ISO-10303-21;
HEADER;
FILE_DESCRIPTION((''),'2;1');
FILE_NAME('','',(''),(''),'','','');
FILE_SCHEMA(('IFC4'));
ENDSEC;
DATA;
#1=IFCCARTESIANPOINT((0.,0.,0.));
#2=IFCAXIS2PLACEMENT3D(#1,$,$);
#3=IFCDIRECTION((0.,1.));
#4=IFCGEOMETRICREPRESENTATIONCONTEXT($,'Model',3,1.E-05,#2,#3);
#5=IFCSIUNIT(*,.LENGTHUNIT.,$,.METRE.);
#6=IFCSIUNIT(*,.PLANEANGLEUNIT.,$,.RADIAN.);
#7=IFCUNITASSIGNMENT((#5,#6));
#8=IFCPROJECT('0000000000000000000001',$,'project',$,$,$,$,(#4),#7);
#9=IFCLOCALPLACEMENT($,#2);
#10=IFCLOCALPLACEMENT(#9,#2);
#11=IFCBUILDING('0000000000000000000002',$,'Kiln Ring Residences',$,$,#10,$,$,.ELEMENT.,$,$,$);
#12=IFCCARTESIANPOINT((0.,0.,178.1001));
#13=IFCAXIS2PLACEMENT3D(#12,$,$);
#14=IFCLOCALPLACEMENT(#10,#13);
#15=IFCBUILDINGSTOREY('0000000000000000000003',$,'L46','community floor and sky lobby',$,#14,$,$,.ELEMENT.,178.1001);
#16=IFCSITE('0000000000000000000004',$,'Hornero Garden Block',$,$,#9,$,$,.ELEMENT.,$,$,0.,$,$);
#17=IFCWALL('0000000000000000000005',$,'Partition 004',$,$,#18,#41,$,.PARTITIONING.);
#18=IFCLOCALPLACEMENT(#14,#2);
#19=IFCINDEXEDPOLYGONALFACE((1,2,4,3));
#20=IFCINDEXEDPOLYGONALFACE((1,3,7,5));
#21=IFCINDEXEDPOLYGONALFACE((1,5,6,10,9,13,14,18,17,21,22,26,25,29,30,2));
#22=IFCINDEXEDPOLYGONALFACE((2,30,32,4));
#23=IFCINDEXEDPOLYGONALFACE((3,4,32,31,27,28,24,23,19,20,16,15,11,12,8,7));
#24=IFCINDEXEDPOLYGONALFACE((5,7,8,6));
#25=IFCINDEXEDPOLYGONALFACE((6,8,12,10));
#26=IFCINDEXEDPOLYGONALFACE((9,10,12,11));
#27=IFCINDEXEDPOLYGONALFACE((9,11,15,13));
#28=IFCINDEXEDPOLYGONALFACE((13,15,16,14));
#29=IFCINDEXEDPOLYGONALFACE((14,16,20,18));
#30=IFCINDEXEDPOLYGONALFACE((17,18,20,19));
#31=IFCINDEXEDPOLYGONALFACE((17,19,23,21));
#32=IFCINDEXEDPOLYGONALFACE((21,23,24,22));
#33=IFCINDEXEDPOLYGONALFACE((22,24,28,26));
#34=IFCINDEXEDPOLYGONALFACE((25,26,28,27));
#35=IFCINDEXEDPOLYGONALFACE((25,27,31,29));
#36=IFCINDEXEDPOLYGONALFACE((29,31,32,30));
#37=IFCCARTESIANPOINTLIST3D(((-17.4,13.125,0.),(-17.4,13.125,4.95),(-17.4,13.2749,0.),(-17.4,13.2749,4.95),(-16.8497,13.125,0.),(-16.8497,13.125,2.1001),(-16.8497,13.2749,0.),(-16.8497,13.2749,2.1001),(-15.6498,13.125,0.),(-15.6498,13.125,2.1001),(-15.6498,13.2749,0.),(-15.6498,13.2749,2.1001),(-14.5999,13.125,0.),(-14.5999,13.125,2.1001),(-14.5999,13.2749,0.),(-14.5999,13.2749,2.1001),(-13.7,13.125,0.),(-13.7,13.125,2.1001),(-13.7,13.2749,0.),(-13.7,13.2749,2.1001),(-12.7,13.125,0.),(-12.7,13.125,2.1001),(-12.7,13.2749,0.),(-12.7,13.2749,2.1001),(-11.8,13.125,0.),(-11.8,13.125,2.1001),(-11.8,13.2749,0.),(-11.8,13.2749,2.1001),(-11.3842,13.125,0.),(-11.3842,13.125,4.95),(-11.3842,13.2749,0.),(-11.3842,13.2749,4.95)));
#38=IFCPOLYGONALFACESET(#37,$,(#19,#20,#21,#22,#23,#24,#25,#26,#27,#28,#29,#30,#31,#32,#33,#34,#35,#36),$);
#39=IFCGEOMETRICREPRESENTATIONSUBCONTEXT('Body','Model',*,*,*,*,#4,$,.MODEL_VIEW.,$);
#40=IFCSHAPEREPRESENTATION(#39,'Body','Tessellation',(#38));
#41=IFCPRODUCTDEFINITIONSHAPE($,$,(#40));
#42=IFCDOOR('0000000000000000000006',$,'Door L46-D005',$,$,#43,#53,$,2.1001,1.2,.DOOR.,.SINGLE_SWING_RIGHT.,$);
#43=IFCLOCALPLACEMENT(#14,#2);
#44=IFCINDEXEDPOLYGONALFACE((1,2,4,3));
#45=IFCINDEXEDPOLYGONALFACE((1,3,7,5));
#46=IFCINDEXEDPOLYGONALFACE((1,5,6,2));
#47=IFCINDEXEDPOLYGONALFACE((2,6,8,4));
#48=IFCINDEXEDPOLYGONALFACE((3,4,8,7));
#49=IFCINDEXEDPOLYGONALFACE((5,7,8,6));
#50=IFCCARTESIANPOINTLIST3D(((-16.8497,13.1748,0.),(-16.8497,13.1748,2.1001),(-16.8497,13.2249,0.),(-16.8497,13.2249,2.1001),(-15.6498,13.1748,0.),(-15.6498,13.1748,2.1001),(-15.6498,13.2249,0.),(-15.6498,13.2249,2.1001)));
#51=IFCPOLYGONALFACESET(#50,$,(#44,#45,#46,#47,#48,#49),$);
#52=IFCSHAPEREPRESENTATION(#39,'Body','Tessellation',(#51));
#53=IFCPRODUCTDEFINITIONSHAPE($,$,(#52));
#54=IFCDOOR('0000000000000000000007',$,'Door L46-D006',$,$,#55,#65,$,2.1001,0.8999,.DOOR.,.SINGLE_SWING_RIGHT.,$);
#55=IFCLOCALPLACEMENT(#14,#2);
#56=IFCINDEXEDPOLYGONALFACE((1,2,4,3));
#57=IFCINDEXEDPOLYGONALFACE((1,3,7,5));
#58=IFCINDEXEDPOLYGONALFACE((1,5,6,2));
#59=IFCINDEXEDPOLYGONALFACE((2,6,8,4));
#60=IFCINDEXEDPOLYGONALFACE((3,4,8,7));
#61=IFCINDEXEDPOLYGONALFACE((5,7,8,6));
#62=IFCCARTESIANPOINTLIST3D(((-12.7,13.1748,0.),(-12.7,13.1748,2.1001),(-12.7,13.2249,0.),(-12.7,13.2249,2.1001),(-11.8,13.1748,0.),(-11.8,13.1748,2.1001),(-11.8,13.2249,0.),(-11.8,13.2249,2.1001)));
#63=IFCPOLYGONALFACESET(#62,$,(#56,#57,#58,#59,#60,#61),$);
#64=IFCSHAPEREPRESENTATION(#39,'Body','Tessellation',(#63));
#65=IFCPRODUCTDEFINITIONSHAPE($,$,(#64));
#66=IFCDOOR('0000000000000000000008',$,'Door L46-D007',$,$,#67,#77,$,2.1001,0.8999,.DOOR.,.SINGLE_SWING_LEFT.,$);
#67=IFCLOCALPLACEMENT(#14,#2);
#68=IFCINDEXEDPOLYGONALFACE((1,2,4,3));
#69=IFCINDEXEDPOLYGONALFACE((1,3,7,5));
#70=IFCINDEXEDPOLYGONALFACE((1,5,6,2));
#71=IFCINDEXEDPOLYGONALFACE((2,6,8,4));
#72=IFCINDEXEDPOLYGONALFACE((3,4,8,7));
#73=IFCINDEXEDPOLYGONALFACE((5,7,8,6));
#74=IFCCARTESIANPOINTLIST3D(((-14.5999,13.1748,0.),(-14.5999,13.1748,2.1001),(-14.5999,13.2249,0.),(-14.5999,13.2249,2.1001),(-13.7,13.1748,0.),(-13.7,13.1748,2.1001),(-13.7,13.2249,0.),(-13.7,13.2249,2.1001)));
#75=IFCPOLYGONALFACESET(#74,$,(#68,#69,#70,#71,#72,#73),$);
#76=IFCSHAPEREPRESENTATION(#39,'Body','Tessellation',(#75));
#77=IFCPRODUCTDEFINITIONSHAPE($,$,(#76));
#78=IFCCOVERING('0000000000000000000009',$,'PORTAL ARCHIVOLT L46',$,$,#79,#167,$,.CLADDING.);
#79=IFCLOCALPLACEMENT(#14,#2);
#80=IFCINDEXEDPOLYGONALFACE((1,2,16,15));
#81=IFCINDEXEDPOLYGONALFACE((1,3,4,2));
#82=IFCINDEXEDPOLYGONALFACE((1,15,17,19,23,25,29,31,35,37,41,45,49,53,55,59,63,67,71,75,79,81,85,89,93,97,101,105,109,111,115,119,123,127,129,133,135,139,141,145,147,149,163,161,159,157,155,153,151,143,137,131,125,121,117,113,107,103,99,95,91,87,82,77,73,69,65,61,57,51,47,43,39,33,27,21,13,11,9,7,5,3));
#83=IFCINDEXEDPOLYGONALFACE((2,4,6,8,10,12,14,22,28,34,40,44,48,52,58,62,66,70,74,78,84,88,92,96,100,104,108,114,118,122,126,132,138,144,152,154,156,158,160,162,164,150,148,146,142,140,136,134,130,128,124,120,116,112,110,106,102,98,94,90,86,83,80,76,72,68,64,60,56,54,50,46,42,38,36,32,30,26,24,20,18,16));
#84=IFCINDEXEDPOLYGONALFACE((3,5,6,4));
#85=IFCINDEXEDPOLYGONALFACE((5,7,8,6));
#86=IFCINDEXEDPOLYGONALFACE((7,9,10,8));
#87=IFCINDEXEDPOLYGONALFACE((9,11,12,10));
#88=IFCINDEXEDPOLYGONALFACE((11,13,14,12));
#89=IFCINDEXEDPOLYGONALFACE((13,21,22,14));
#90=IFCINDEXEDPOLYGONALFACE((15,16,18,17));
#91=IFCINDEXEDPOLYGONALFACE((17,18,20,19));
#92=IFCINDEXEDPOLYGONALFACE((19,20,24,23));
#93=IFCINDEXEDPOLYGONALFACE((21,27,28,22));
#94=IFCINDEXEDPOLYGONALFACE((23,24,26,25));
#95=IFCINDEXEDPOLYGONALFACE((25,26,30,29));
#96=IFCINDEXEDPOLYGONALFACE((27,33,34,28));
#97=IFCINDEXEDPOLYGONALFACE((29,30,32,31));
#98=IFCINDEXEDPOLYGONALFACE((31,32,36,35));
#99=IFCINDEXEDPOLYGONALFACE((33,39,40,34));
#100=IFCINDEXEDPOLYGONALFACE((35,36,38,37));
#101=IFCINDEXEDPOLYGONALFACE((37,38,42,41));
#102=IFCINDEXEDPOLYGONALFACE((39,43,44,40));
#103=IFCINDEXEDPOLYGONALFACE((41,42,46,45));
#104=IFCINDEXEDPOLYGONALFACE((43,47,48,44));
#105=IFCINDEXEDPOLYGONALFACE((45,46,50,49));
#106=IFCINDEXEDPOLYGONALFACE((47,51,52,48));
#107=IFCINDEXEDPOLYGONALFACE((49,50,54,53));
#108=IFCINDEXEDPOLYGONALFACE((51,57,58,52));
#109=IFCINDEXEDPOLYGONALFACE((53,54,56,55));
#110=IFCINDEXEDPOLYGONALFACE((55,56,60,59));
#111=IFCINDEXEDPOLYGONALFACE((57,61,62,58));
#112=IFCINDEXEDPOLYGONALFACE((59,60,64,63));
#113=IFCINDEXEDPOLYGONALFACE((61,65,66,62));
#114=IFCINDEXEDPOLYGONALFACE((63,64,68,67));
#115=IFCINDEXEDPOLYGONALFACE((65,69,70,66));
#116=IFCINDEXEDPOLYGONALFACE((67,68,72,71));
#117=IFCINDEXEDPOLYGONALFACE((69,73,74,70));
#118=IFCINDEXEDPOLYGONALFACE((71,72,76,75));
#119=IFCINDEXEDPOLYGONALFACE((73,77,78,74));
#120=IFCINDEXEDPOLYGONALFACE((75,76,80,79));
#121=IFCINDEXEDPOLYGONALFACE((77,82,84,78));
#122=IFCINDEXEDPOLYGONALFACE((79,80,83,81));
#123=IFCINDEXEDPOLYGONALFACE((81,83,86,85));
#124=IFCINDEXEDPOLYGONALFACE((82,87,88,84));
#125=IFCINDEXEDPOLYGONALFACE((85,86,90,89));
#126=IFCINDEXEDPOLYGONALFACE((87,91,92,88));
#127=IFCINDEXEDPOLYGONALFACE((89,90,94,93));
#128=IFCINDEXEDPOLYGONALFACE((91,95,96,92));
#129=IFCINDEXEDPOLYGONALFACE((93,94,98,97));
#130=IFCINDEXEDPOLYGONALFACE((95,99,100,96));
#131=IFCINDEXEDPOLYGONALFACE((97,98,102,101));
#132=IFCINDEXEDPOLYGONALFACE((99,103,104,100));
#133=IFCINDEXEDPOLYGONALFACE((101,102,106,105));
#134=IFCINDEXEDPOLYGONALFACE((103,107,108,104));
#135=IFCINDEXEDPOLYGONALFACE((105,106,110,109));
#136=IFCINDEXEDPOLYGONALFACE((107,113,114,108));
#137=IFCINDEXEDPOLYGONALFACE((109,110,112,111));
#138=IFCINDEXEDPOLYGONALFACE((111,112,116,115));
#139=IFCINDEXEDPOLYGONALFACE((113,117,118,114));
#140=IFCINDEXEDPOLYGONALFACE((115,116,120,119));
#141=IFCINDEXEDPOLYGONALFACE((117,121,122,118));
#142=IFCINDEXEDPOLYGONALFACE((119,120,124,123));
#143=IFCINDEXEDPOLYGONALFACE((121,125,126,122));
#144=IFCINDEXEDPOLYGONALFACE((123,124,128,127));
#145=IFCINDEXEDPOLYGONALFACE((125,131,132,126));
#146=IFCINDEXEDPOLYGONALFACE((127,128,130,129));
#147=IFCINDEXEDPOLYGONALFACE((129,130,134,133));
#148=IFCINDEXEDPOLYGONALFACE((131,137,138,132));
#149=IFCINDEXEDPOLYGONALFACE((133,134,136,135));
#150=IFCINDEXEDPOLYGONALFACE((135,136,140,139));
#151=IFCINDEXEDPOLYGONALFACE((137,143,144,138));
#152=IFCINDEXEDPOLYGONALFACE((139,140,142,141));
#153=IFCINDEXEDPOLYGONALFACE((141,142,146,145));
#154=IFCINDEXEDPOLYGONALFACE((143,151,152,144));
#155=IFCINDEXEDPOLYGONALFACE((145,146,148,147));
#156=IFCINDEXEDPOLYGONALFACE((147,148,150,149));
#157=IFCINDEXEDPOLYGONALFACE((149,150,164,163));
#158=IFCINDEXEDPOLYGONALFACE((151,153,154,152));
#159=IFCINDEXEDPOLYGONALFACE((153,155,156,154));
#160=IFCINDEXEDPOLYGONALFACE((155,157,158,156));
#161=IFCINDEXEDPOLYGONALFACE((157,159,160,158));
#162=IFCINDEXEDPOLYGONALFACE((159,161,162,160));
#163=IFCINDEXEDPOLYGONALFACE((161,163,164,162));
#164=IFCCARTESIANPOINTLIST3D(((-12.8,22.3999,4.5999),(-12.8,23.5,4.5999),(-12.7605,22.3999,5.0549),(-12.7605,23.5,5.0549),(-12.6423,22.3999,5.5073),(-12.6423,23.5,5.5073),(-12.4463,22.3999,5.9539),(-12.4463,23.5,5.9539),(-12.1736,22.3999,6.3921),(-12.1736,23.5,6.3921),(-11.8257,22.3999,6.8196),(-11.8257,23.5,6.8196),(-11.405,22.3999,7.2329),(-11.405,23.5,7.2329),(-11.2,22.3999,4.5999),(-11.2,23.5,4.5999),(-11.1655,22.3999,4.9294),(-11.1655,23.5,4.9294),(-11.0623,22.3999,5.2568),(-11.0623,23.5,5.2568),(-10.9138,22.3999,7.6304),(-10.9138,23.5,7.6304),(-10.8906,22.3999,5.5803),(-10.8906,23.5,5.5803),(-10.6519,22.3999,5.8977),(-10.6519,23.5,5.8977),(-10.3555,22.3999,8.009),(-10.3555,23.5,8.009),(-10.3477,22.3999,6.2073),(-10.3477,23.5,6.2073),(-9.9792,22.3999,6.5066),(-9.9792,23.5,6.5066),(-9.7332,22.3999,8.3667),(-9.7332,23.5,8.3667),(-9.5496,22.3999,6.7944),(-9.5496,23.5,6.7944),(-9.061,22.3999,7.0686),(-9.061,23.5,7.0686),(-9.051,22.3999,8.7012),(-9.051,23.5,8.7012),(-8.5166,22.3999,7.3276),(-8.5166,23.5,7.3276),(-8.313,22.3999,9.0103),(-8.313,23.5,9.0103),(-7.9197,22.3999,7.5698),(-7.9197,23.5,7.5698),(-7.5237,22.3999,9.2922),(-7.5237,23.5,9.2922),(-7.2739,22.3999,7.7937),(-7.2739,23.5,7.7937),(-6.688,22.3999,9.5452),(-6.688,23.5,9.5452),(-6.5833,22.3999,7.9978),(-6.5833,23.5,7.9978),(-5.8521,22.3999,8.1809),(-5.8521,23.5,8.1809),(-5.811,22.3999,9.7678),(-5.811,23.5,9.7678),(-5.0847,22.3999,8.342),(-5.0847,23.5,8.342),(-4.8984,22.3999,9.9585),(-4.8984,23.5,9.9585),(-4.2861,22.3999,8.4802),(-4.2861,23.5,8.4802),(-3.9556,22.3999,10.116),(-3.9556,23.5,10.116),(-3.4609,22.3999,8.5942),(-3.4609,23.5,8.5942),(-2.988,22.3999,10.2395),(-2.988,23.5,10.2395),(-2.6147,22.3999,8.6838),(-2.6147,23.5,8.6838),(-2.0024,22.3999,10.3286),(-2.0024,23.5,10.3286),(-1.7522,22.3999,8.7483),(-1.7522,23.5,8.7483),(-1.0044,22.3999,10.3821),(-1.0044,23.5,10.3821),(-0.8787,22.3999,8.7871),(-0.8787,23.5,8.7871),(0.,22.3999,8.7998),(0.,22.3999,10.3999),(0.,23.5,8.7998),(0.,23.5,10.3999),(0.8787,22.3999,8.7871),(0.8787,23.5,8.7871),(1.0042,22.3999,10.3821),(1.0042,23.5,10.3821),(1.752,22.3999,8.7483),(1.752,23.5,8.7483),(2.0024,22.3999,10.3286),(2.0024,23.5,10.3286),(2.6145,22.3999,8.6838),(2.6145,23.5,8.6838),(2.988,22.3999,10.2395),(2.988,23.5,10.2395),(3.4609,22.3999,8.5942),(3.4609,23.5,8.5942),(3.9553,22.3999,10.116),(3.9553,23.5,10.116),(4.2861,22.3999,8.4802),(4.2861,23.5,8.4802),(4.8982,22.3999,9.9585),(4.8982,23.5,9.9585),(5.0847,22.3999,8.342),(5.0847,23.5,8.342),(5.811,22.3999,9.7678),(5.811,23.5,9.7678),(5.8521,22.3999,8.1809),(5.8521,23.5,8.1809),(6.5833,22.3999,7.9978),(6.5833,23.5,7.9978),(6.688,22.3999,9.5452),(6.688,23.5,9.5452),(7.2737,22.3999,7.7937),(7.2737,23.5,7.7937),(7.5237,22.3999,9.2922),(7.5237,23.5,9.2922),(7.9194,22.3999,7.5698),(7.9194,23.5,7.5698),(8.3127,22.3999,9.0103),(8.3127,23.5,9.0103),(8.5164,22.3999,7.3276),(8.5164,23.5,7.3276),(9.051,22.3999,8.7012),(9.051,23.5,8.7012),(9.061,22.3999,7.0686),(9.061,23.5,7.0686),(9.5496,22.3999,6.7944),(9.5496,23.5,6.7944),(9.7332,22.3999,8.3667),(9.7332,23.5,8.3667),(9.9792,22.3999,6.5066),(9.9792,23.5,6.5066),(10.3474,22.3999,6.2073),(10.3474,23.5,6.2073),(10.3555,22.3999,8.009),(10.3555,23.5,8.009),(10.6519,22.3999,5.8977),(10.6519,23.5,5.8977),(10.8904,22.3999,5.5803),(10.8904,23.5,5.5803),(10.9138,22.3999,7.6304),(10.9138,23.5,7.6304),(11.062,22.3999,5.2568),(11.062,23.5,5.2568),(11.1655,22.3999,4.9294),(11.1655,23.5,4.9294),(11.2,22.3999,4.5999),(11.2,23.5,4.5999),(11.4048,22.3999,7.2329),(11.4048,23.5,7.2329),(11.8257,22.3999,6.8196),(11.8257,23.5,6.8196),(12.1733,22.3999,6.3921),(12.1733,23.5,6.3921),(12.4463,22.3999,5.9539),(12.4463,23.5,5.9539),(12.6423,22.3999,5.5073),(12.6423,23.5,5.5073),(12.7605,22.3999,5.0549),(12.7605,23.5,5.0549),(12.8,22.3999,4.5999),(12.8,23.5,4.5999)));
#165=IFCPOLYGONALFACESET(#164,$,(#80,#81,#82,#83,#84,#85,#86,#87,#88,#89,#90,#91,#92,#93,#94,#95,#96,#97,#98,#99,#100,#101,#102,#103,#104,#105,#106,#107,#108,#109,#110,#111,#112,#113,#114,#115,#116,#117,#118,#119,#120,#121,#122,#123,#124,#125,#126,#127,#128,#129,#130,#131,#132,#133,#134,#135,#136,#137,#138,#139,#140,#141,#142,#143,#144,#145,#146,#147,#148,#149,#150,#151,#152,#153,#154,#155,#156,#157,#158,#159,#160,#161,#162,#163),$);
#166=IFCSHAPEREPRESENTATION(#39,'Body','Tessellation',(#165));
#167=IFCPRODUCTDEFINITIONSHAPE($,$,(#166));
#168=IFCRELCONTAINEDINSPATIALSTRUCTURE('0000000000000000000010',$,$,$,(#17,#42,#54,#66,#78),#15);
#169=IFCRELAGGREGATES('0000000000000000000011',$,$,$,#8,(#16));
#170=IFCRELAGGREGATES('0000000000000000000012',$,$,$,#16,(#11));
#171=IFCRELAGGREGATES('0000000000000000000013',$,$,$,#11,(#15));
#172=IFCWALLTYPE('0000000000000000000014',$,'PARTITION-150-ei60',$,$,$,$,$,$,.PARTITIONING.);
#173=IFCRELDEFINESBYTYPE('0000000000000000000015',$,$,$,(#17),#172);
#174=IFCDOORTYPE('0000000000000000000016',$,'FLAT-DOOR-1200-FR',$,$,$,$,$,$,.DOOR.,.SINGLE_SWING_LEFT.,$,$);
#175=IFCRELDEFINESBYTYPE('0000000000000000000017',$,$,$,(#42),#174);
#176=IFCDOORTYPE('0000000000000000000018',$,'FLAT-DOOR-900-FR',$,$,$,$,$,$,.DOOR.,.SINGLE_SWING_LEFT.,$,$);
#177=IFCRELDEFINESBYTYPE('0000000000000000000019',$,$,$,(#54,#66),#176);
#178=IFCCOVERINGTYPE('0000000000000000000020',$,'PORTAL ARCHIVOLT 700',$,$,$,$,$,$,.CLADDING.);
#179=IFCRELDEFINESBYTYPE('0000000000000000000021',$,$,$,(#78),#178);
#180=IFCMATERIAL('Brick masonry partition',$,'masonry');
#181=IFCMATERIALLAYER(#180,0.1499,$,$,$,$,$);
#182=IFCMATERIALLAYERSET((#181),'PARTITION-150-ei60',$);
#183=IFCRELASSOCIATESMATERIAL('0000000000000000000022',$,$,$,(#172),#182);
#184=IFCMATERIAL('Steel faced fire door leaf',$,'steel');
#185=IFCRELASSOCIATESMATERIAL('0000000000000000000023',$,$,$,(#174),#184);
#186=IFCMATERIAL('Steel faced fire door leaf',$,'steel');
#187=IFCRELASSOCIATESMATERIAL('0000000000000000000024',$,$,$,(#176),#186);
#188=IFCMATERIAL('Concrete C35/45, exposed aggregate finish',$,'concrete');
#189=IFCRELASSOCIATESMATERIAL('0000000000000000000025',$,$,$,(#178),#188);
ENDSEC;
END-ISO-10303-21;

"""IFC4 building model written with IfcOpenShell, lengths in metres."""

from ifc_helpers import new_model, si_unit, direction, frame, frame_2d, origin, place, context, subcontext, project, spatial, polyline, rectangle, outline, extrude, material, layer, layer_set, type_object, element, fill, save


model = new_model("IFC4")

# Units and contexts
model_context = context("Model", 3, precision=1e-05, world=origin(), true_north=direction((0.0, 1.0)))
body_context = subcontext(model_context, "Body", "Model", "MODEL_VIEW")
ifc_project = project(units=[si_unit("LENGTHUNIT", "METRE"), si_unit("PLANEANGLEUNIT", "RADIAN")], contexts=[model_context])

# Site, building, storey
site_placement = place(None, origin())
site = spatial("IfcSite", under=ifc_project, at=site_placement, Name="Hornero Garden Block", CompositionType="ELEMENT", RefElevation=0.0)
building_placement = place(site_placement, origin())
building = spatial("IfcBuilding", under=site, at=building_placement, Name="Kiln Ring Residences", CompositionType="ELEMENT")
storey_placement = place(building_placement, frame((0.0, 0.0, 178.1001)))
storey = spatial("IfcBuildingStorey", under=building, at=storey_placement, Name="L46", Description="community floor and sky lobby", CompositionType="ELEMENT", Elevation=178.1001)

# Wall, openings, doors
ifc_material_1 = material(Name="Brick masonry partition", Category="masonry")
ifc_layer_1 = layer(ifc_material_1, 0.1499)
ifc_layer_set_1 = layer_set([ifc_layer_1], Name="PARTITION-150-ei60")
wall_type = type_object("IfcWallType", Name="PARTITION-150-ei60", PredefinedType="PARTITIONING", material=ifc_layer_set_1)
wall_placement = place(storey_placement, frame((-17.3999, 13.2, 0.0), z_axis=(0.0, 0.0, 1.0), x_axis=(1.0, 0.0, 0.0)))
wall = element("IfcWall", 1, at=wall_placement, inside=storey, type_object=wall_type, Name="Partition 004", PredefinedType="PARTITIONING", context=body_context, shape_type="SweptSolid", body=[
    extrude(rectangle(XDim=6.0159, YDim=0.1499, at=frame_2d((3.0078, 0.0))), origin(), (0.0, 0.0, 1.0), 4.95),
])
opening_1_placement = place(wall_placement, frame((0.55, 0.0, 0.0)))
opening_1 = element("IfcOpeningElement", 2, at=opening_1_placement, cuts=wall, PredefinedType="OPENING", context=body_context, shape_type="SweptSolid", body=[
    extrude(rectangle(XDim=1.2, YDim=2.1001, at=frame_2d((0.6001, 1.05))), frame((0.0, 0.085, 0.0), z_axis=(0.0, -1.0, 0.0), x_axis=(1.0, 0.0, 0.0)), (0.0, 0.0, 1.0), 0.1699),
])
opening_2_placement = place(wall_placement, frame((4.7, 0.0, 0.0)))
opening_2 = element("IfcOpeningElement", 3, at=opening_2_placement, cuts=wall, PredefinedType="OPENING", context=body_context, shape_type="SweptSolid", body=[
    extrude(rectangle(XDim=0.8999, YDim=2.1001, at=frame_2d((0.45, 1.05))), frame((0.0, 0.085, 0.0), z_axis=(0.0, -1.0, 0.0), x_axis=(1.0, 0.0, 0.0)), (0.0, 0.0, 1.0), 0.1699),
])
opening_3_placement = place(wall_placement, frame((2.8, 0.0, 0.0)))
opening_3 = element("IfcOpeningElement", 4, at=opening_3_placement, cuts=wall, PredefinedType="OPENING", context=body_context, shape_type="SweptSolid", body=[
    extrude(rectangle(XDim=0.8999, YDim=2.1001, at=frame_2d((0.45, 1.05))), frame((0.0, 0.085, 0.0), z_axis=(0.0, -1.0, 0.0), x_axis=(1.0, 0.0, 0.0)), (0.0, 0.0, 1.0), 0.1699),
])
ifc_material_2 = material(Name="Steel faced fire door leaf", Category="steel")
door_type_1 = type_object("IfcDoorType", Name="FLAT-DOOR-1200-FR", OperationType="SINGLE_SWING_LEFT", PredefinedType="DOOR", material=ifc_material_2)
door_1_placement = place(opening_1_placement, origin())
door_1 = element("IfcDoor", 5, at=door_1_placement, inside=storey, type_object=door_type_1, Name="Door L46-D005", OperationType="SINGLE_SWING_RIGHT", OverallHeight=2.1001, OverallWidth=1.2, PredefinedType="DOOR", context=body_context, shape_type="SweptSolid", body=[
    extrude(rectangle(XDim=1.2, YDim=2.1001, at=frame_2d((0.6001, 1.05))), frame((0.0, 0.0249, 0.0), z_axis=(0.0, -1.0, 0.0), x_axis=(1.0, 0.0, 0.0)), (0.0, 0.0, 1.0), 0.05),
])
fill(opening_1, door_1)
ifc_material_3 = material(Name="Steel faced fire door leaf", Category="steel")
door_type_2 = type_object("IfcDoorType", Name="FLAT-DOOR-900-FR", OperationType="SINGLE_SWING_LEFT", PredefinedType="DOOR", material=ifc_material_3)
door_2_placement = place(opening_2_placement, origin())
door_2 = element("IfcDoor", 6, at=door_2_placement, inside=storey, type_object=door_type_2, Name="Door L46-D006", OperationType="SINGLE_SWING_RIGHT", OverallHeight=2.1001, OverallWidth=0.8999, PredefinedType="DOOR", context=body_context, shape_type="SweptSolid", body=[
    extrude(rectangle(XDim=0.8999, YDim=2.1001, at=frame_2d((0.45, 1.05))), frame((0.0, 0.0249, 0.0), z_axis=(0.0, -1.0, 0.0), x_axis=(1.0, 0.0, 0.0)), (0.0, 0.0, 1.0), 0.05),
])
fill(opening_2, door_2)
door_3_placement = place(opening_3_placement, origin())
door_3 = element("IfcDoor", 7, at=door_3_placement, inside=storey, type_object=door_type_2, Name="Door L46-D007", OperationType="SINGLE_SWING_LEFT", OverallHeight=2.1001, OverallWidth=0.8999, PredefinedType="DOOR", context=body_context, shape_type="SweptSolid", body=[
    extrude(rectangle(XDim=0.8999, YDim=2.1001, at=frame_2d((0.45, 1.05))), frame((0.0, 0.0249, 0.0), z_axis=(0.0, -1.0, 0.0), x_axis=(1.0, 0.0, 0.0)), (0.0, 0.0, 1.0), 0.05),
])
fill(opening_3, door_3)

# Covering
ifc_material_4 = material(Name="Concrete C35/45, exposed aggregate finish", Category="concrete")
covering_type_1 = type_object("IfcCoveringType", Name="PORTAL ARCHIVOLT 700", PredefinedType="CLADDING", material=ifc_material_4)
covering_1_placement = place(storey_placement, frame((-12.8, 22.95, 4.5999), z_axis=(0.0, 0.0, 1.0), x_axis=(1.0, 0.0, 0.0)))
element("IfcCovering", 8, at=covering_1_placement, inside=storey, type_object=covering_type_1, Name="PORTAL ARCHIVOLT L46", PredefinedType="CLADDING", context=body_context, shape_type="SweptSolid", body=[
    extrude(outline(polyline([(25.6001, 0.0), (25.5605, 0.4551), (25.4424, 0.9075), (25.2463, 1.354), (24.9734, 1.7922), (24.6257, 2.2197), (24.2048, 2.6331), (23.7139, 3.0305), (23.1555, 3.4092), (22.5332, 3.7668), (21.8511, 4.1013), (21.1128, 4.4104), (20.3237, 4.6924), (19.488, 4.9453), (18.6111, 5.168), (17.6982, 5.3586), (16.7554, 5.5161), (15.7881, 5.6396), (14.8025, 5.7288), (13.8042, 5.7822), (12.8, 5.8), (11.7957, 5.7822), (10.7976, 5.7288), (9.812, 5.6396), (8.8445, 5.5161), (7.9016, 5.3586), (6.989, 5.168), (6.1121, 4.9453), (5.2764, 4.6924), (4.4871, 4.4104), (3.749, 4.1013), (3.0669, 3.7668), (2.4446, 3.4092), (1.8862, 3.0305), (1.395, 2.6331), (0.9744, 2.2197), (0.6265, 1.7922), (0.3538, 1.354), (0.1577, 0.9075), (0.0396, 0.4551), (0.0, 0.0), (1.6001, 0.0), (1.6345, 0.3296), (1.7378, 0.657), (1.9094, 0.9805), (2.1482, 1.2979), (2.4524, 1.6074), (2.8208, 1.9067), (3.2505, 2.1946), (3.739, 2.4688), (4.2834, 2.7278), (4.8804, 2.97), (5.5261, 3.1938), (6.2168, 3.3979), (6.948, 3.5811), (7.7153, 3.7422), (8.5139, 3.8804), (9.3391, 3.9944), (10.1853, 4.084), (11.0479, 4.1484), (11.9214, 4.1873), (12.8, 4.2), (13.6787, 4.1873), (14.552, 4.1484), (15.4146, 4.084), (16.261, 3.9944), (17.0862, 3.8804), (17.8848, 3.7422), (18.6521, 3.5811), (19.3833, 3.3979), (20.0737, 3.1938), (20.7195, 2.97), (21.3164, 2.7278), (21.8611, 2.4688), (22.3496, 2.1946), (22.7793, 1.9067), (23.1475, 1.6074), (23.4519, 1.2979), (23.6904, 0.9805), (23.8621, 0.657), (23.9656, 0.3296), (24.0, 0.0), (25.6001, 0.0)])), frame((0.0, 0.55, 0.0), z_axis=(0.0, -1.0, 0.0), x_axis=(1.0, 0.0, 0.0)), (0.0, 0.0, 1.0), 1.1001),
])

save(model, "model.ifc")
